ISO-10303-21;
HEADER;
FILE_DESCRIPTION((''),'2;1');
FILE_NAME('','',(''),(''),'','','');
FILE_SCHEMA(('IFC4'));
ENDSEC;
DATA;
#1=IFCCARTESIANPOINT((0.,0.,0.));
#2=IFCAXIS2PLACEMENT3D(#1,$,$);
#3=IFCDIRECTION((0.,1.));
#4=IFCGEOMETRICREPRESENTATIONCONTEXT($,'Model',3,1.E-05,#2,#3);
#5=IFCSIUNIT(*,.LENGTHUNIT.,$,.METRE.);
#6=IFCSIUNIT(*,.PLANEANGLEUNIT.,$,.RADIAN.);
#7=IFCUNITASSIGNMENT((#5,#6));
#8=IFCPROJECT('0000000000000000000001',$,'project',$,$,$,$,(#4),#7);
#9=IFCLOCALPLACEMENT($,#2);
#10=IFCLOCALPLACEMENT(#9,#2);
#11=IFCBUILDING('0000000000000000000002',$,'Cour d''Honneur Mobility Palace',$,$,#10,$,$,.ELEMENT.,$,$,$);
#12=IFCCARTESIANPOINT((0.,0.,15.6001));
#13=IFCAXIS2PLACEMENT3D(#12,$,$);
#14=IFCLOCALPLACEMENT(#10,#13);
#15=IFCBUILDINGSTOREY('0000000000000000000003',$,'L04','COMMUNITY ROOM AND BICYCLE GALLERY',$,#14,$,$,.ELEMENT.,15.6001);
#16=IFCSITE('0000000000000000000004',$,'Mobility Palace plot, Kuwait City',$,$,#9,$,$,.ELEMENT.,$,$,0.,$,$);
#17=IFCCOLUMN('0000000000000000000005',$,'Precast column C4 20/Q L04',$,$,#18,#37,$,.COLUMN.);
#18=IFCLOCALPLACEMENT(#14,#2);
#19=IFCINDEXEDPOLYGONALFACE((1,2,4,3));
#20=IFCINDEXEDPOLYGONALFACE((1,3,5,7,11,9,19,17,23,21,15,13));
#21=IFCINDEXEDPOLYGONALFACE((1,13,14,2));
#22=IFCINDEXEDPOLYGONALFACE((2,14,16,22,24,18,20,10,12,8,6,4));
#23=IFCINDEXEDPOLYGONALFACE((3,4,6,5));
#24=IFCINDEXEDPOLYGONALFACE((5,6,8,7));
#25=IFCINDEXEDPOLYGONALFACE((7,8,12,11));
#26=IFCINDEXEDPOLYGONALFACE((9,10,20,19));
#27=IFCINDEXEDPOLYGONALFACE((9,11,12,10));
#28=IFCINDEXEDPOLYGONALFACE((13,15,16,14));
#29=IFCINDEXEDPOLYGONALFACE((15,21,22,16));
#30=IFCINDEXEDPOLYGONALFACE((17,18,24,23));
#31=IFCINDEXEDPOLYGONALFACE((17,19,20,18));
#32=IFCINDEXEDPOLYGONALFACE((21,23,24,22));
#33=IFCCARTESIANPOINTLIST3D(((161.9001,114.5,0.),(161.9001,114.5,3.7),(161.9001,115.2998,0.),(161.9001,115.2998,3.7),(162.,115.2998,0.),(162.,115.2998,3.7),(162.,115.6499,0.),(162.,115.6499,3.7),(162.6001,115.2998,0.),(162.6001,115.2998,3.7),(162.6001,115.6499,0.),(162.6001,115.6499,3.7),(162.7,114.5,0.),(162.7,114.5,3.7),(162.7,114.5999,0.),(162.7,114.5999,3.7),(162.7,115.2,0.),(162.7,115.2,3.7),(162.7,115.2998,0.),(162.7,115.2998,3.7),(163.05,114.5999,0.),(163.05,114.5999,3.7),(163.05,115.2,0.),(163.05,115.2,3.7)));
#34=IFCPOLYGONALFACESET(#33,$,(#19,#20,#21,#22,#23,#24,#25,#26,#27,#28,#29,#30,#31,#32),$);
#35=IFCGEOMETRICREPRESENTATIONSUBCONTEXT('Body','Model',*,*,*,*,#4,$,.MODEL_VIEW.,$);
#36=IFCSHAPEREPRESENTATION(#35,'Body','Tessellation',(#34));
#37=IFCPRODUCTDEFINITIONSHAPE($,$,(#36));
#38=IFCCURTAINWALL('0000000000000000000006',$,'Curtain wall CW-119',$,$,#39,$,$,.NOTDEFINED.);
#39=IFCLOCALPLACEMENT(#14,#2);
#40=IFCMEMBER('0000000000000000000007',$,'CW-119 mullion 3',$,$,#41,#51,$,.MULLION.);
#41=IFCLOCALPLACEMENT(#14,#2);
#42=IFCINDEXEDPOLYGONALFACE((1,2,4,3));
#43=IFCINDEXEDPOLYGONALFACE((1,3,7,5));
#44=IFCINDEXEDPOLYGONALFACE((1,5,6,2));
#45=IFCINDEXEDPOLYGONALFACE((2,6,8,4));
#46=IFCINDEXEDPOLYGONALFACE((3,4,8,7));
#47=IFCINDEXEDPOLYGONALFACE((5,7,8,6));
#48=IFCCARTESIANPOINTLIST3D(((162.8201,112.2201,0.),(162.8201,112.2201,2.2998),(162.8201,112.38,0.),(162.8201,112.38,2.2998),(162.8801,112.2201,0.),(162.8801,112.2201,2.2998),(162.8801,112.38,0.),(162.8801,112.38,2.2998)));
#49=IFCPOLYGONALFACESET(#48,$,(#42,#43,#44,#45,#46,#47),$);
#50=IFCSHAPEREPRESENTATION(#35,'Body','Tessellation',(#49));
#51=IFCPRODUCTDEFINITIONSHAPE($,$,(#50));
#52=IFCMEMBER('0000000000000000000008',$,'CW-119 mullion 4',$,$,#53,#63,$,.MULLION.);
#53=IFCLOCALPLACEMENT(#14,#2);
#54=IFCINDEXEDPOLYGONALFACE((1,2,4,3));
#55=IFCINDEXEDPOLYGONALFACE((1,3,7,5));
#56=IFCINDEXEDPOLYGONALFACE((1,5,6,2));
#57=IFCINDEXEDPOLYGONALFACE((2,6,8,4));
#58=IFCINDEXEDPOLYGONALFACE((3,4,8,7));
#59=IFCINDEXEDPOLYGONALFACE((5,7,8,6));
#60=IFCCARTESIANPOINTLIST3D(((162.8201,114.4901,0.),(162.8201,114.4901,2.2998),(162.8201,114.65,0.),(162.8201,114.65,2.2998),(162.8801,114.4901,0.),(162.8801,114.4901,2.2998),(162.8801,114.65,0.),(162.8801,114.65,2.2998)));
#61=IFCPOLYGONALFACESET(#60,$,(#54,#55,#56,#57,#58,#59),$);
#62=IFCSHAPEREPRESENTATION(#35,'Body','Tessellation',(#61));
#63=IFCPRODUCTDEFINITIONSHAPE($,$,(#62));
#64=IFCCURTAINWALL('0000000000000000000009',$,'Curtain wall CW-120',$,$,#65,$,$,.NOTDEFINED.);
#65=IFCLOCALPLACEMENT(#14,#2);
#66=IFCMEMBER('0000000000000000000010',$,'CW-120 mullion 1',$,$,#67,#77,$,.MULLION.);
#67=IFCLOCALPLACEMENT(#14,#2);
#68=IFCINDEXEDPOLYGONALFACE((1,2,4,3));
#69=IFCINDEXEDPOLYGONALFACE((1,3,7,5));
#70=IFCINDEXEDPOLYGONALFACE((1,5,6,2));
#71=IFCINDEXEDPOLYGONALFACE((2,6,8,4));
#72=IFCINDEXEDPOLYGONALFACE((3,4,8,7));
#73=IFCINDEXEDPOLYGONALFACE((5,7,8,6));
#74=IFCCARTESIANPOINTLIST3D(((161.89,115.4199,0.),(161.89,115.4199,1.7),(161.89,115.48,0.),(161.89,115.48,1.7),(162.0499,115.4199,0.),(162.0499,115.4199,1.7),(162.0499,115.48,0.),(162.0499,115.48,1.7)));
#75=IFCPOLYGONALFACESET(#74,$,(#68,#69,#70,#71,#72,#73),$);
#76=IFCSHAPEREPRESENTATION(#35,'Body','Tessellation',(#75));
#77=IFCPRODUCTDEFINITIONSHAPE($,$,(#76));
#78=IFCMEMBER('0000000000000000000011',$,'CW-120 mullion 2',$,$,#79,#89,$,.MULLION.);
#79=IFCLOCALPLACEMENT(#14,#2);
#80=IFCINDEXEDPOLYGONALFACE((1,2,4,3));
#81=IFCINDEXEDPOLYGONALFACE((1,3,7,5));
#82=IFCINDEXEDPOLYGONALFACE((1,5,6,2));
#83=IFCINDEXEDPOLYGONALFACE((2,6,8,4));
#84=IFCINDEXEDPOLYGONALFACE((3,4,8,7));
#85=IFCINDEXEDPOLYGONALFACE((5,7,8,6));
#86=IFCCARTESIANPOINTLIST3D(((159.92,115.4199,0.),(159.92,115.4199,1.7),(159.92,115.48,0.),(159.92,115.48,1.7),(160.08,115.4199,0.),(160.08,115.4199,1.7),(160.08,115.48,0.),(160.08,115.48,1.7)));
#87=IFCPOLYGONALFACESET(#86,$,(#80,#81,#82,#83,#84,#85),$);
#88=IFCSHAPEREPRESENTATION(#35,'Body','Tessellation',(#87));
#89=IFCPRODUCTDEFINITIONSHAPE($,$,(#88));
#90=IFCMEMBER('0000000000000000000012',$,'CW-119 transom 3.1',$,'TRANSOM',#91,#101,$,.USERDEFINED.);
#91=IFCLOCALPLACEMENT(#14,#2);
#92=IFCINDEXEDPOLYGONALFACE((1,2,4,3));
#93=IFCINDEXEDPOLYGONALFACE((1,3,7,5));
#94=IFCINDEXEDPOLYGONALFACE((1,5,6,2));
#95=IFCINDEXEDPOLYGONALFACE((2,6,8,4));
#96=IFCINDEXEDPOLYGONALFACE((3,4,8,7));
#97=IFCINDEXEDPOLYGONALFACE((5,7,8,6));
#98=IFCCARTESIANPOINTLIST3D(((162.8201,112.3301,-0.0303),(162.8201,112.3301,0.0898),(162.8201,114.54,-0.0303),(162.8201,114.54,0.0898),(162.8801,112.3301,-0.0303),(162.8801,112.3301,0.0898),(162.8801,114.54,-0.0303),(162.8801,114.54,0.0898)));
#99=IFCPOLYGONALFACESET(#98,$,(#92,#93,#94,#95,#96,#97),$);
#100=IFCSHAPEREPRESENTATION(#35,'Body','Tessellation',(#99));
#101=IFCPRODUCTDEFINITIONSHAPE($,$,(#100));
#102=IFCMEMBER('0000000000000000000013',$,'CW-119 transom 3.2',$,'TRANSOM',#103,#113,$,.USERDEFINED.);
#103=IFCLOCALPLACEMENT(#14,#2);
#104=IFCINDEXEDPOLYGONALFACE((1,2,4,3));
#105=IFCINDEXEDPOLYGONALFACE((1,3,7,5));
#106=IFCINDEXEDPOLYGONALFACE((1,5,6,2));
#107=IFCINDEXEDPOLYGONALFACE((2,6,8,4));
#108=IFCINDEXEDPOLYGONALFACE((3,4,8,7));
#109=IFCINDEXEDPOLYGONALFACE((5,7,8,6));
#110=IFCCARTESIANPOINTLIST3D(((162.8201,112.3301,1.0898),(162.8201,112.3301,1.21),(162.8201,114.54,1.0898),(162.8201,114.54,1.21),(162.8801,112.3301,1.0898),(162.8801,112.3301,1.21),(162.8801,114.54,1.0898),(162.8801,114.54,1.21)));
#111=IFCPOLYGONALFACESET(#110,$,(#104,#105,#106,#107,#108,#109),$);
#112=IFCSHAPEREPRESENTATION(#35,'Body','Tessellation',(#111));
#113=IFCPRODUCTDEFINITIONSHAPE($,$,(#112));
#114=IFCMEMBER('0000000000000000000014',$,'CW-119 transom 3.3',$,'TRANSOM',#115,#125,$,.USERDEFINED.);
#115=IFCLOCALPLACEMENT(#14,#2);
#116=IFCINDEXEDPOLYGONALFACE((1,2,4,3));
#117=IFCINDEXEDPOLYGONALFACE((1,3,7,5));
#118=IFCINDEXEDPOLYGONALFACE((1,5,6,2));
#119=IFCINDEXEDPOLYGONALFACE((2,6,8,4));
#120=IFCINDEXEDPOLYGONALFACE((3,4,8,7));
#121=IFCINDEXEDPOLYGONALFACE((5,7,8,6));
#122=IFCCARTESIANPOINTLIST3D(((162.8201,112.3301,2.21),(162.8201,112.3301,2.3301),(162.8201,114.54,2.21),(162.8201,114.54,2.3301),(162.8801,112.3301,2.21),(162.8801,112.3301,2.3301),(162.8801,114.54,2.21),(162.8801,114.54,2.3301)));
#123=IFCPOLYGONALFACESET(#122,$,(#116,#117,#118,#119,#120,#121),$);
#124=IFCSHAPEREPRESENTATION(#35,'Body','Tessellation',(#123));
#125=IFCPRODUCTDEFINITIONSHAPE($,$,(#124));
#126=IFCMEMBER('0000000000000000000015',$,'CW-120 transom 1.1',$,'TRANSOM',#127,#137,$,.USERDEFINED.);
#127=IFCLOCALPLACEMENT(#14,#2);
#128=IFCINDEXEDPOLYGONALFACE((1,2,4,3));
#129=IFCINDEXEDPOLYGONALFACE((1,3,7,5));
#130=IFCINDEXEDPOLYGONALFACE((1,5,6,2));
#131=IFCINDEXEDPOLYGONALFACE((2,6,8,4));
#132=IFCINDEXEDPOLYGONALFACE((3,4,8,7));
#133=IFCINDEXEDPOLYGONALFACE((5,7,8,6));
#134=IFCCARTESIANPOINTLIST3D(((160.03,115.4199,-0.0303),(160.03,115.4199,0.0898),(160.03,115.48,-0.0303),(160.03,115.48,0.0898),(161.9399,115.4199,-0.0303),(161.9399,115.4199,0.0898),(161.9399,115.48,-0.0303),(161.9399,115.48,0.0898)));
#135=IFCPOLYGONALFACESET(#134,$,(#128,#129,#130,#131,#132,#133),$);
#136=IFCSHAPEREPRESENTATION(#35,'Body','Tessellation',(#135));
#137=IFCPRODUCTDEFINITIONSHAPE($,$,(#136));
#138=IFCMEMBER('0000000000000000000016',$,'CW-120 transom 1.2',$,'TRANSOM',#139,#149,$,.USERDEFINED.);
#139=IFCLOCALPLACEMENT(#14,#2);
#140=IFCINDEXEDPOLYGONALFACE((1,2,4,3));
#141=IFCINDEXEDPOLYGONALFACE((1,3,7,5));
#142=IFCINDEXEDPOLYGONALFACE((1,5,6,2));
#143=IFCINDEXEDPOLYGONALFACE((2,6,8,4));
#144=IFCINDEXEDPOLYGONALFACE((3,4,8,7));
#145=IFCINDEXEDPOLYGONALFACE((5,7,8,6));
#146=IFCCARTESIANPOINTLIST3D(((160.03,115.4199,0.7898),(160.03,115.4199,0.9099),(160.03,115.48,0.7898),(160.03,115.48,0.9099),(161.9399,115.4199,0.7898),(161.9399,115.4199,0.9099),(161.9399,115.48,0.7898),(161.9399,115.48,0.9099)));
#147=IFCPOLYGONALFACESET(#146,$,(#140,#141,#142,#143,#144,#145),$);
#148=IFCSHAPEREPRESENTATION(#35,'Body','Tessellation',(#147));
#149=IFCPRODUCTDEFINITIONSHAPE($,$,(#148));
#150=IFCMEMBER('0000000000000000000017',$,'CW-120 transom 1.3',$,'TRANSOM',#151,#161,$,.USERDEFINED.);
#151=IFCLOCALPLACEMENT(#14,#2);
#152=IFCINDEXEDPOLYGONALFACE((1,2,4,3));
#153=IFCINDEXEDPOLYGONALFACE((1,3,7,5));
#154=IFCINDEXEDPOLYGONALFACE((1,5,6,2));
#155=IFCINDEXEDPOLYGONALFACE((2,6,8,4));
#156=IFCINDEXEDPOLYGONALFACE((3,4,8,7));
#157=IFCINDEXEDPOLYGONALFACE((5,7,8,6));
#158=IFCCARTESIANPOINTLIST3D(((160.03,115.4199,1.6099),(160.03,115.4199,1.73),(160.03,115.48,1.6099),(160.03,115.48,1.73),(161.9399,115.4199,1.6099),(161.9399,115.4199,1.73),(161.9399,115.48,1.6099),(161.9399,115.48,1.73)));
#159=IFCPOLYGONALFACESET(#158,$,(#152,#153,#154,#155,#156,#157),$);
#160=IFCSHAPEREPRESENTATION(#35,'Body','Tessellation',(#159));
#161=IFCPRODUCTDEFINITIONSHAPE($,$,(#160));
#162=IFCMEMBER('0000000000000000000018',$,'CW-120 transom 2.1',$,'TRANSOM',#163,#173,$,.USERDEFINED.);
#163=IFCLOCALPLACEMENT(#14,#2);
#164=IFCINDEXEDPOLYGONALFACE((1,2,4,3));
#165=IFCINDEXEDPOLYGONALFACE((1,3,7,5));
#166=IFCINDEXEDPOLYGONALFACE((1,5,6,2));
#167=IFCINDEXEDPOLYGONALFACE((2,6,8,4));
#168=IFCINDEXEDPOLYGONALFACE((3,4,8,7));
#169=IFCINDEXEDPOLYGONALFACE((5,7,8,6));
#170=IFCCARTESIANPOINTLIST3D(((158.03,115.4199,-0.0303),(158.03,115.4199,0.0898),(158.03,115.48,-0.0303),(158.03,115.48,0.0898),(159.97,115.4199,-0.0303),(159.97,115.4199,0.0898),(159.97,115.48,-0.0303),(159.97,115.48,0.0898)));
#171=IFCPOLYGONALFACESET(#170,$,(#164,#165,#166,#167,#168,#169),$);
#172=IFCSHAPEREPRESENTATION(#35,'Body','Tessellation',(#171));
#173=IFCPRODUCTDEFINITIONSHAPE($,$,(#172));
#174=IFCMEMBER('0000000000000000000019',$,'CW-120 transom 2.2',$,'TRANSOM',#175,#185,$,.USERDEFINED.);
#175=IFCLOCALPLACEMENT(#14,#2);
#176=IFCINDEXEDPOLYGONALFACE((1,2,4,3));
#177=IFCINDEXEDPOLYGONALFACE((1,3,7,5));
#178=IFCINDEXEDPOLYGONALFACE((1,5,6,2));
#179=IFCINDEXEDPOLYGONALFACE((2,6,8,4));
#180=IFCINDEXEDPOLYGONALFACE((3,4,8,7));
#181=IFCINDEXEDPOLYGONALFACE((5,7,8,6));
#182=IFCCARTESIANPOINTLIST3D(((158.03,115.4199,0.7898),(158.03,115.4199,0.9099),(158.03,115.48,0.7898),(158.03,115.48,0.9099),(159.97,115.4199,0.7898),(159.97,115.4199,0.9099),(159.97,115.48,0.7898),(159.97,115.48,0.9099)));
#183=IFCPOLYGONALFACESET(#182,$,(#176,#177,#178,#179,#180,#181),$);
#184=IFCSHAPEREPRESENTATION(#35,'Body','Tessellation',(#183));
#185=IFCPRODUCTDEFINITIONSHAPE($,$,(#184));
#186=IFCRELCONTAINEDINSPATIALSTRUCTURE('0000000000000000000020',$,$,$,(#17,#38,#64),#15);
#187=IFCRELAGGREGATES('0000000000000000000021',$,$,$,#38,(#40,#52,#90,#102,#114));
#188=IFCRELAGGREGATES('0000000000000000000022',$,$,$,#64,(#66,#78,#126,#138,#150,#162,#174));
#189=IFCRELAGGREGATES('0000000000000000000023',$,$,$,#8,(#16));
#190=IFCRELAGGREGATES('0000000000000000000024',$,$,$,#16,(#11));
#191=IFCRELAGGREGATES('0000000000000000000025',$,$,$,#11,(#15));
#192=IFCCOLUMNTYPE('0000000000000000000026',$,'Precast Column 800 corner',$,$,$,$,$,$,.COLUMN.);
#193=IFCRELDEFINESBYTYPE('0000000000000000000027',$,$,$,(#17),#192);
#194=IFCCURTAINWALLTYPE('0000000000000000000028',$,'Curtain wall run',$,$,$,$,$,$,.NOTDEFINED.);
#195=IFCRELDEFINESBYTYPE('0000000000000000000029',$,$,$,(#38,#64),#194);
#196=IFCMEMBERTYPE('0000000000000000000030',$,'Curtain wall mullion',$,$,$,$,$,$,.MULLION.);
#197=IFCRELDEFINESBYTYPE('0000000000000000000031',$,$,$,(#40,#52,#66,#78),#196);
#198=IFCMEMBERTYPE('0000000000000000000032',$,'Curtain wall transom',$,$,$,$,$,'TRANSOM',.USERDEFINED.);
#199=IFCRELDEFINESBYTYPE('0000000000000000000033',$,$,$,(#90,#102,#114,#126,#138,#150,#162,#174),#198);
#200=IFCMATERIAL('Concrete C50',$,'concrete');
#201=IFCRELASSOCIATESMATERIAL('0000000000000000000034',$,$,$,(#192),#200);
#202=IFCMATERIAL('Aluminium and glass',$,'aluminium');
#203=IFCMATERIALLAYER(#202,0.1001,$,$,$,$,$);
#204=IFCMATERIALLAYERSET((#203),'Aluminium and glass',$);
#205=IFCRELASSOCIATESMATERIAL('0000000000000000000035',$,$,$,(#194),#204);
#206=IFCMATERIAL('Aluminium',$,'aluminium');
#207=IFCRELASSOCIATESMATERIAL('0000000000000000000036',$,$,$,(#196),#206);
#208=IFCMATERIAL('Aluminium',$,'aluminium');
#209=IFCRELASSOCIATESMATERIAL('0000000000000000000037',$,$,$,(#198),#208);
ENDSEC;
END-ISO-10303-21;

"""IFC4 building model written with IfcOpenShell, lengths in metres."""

from ifc_helpers import new_model, si_unit, direction, frame, origin, origin_2d, place, context, subcontext, project, spatial, polyline, rectangle, outline, extrude, material, layer, layer_set, material_profile, profile_set, type_object, element, aggregate, save


model = new_model("IFC4")

# Units and contexts
model_context = context("Model", 3, precision=1e-05, world=origin(), true_north=direction((0.0, 1.0)))
body_context = subcontext(model_context, "Body", "Model", "MODEL_VIEW")
ifc_project = project(units=[si_unit("LENGTHUNIT", "METRE"), si_unit("PLANEANGLEUNIT", "RADIAN")], contexts=[model_context])

# Site, building, storey
site_placement = place(None, origin())
site = spatial("IfcSite", under=ifc_project, at=site_placement, Name="Mobility Palace plot, Kuwait City", CompositionType="ELEMENT", RefElevation=0.0)
building_placement = place(site_placement, origin())
building = spatial("IfcBuilding", under=site, at=building_placement, Name="Cour d'Honneur Mobility Palace", CompositionType="ELEMENT")
storey_placement = place(building_placement, frame((0.0, 0.0, 15.6001)))
storey = spatial("IfcBuildingStorey", under=building, at=storey_placement, Name="L04", Description="COMMUNITY ROOM AND BICYCLE GALLERY", CompositionType="ELEMENT", Elevation=15.6001)

# Column
ifc_material_1 = material(Name="Concrete C50", Category="concrete")
ifc_material_profile_1 = material_profile(ifc_material_1, outline(polyline([(-0.3999, -0.3999), (0.3999, -0.3999), (0.3999, -0.3), (0.75, -0.3), (0.75, 0.3), (0.3999, 0.3), (0.3999, 0.3999), (0.3, 0.3999), (0.3, 0.75), (-0.3, 0.75), (-0.3, 0.3999), (-0.3999, 0.3999), (-0.3999, -0.3999)])), Name="PC C800 corner")
ifc_profile_set_1 = profile_set([ifc_material_profile_1], Name="Concrete C50")
column_type = type_object("IfcColumnType", Name="Precast Column 800 corner", PredefinedType="COLUMN", material=ifc_profile_set_1)
column_placement = place(storey_placement, frame((162.3, 114.8999, 0.0), z_axis=(0.0, 0.0, 1.0), x_axis=(1.0, 0.0, 0.0)))
element("IfcColumn", 1, at=column_placement, inside=storey, type_object=column_type, Name="Precast column C4 20/Q L04", PredefinedType="COLUMN", context=body_context, shape_type="SweptSolid", body=[
    extrude(outline(polyline([(-0.3999, -0.3999), (0.3999, -0.3999), (0.3999, -0.3), (0.75, -0.3), (0.75, 0.3), (0.3999, 0.3), (0.3999, 0.3999), (0.3, 0.3999), (0.3, 0.75), (-0.3, 0.75), (-0.3, 0.3999), (-0.3999, 0.3999), (-0.3999, -0.3999)])), origin(), (0.0, 0.0, 1.0), 3.7),
])

# Curtain walls, members
ifc_material_2 = material(Name="Aluminium and glass", Category="aluminium")
ifc_layer_1 = layer(ifc_material_2, 0.1001)
ifc_layer_set_1 = layer_set([ifc_layer_1], Name="Aluminium and glass")
curtain_wall_type = type_object("IfcCurtainWallType", Name="Curtain wall run", PredefinedType="NOTDEFINED", material=ifc_layer_set_1)
curtain_wall_1_placement = place(storey_placement, origin())
curtain_wall_1 = element("IfcCurtainWall", 2, at=curtain_wall_1_placement, inside=storey, type_object=curtain_wall_type, Name="Curtain wall CW-119", PredefinedType="NOTDEFINED")
ifc_material_3 = material(Name="Aluminium", Category="aluminium")
ifc_material_profile_2 = material_profile(ifc_material_3, rectangle(XDim=0.0601, YDim=0.1599, at=origin_2d()), Name="Curtain wall mullion")
ifc_profile_set_2 = profile_set([ifc_material_profile_2], Name="Aluminium")
member_type_1 = type_object("IfcMemberType", Name="Curtain wall mullion", PredefinedType="MULLION", material=ifc_profile_set_2)
member_1_placement = place(storey_placement, frame((162.8501, 112.3, 0.0), z_axis=(0.0, 0.0, 1.0), x_axis=(-1.0, 0.0, 0.0)))
member_1 = element("IfcMember", 3, at=member_1_placement, type_object=member_type_1, Name="CW-119 mullion 3", PredefinedType="MULLION", context=body_context, shape_type="SweptSolid", body=[
    extrude(rectangle(XDim=0.0601, YDim=0.1599, at=origin_2d()), origin(), (0.0, 0.0, 1.0), 2.2998),
])
member_2_placement = place(storey_placement, frame((162.8501, 114.5701, 0.0), z_axis=(0.0, 0.0, 1.0), x_axis=(-1.0, 0.0, 0.0)))
member_2 = element("IfcMember", 4, at=member_2_placement, type_object=member_type_1, Name="CW-119 mullion 4", PredefinedType="MULLION", context=body_context, shape_type="SweptSolid", body=[
    extrude(rectangle(XDim=0.0601, YDim=0.1599, at=origin_2d()), origin(), (0.0, 0.0, 1.0), 2.2998),
])
curtain_wall_2_placement = place(storey_placement, origin())
curtain_wall_2 = element("IfcCurtainWall", 5, at=curtain_wall_2_placement, inside=storey, type_object=curtain_wall_type, Name="Curtain wall CW-120", PredefinedType="NOTDEFINED")
member_3_placement = place(storey_placement, frame((161.97, 115.45, 0.0), z_axis=(0.0, 0.0, 1.0), x_axis=(0.0, -1.0, 0.0)))
member_3 = element("IfcMember", 6, at=member_3_placement, type_object=member_type_1, Name="CW-120 mullion 1", PredefinedType="MULLION", context=body_context, shape_type="SweptSolid", body=[
    extrude(rectangle(XDim=0.0601, YDim=0.1599, at=origin_2d()), origin(), (0.0, 0.0, 1.0), 1.7),
])
member_4_placement = place(storey_placement, frame((160.0, 115.45, 0.0), z_axis=(0.0, 0.0, 1.0), x_axis=(0.0, -1.0, 0.0)))
member_4 = element("IfcMember", 7, at=member_4_placement, type_object=member_type_1, Name="CW-120 mullion 2", PredefinedType="MULLION", context=body_context, shape_type="SweptSolid", body=[
    extrude(rectangle(XDim=0.0601, YDim=0.1599, at=origin_2d()), origin(), (0.0, 0.0, 1.0), 1.7),
])

# Members
ifc_material_4 = material(Name="Aluminium", Category="aluminium")
ifc_material_profile_3 = material_profile(ifc_material_4, rectangle(XDim=0.0601, YDim=0.1201, at=origin_2d()), Name="Curtain wall transom")
ifc_profile_set_3 = profile_set([ifc_material_profile_3], Name="Aluminium")
member_type_2 = type_object("IfcMemberType", Name="Curtain wall transom", ElementType="TRANSOM", PredefinedType="USERDEFINED", material=ifc_profile_set_3)
member_5_placement = place(storey_placement, frame((162.8501, 112.3301, 0.0298), z_axis=(0.0, 1.0, 0.0), x_axis=(-1.0, 0.0, 0.0)))
member_5 = element("IfcMember", 8, at=member_5_placement, type_object=member_type_2, Name="CW-119 transom 3.1", ObjectType="TRANSOM", PredefinedType="USERDEFINED", context=body_context, shape_type="SweptSolid", body=[
    extrude(rectangle(XDim=0.0601, YDim=0.1201, at=origin_2d()), origin(), (0.0, 0.0, 1.0), 2.21),
])
member_6_placement = place(storey_placement, frame((162.8501, 112.3301, 1.1499), z_axis=(0.0, 1.0, 0.0), x_axis=(-1.0, 0.0, 0.0)))
member_6 = element("IfcMember", 9, at=member_6_placement, type_object=member_type_2, Name="CW-119 transom 3.2", ObjectType="TRANSOM", PredefinedType="USERDEFINED", context=body_context, shape_type="SweptSolid", body=[
    extrude(rectangle(XDim=0.0601, YDim=0.1201, at=origin_2d()), origin(), (0.0, 0.0, 1.0), 2.21),
])
member_7_placement = place(storey_placement, frame((162.8501, 112.3301, 2.27), z_axis=(0.0, 1.0, 0.0), x_axis=(-1.0, 0.0, 0.0)))
member_7 = element("IfcMember", 10, at=member_7_placement, type_object=member_type_2, Name="CW-119 transom 3.3", ObjectType="TRANSOM", PredefinedType="USERDEFINED", context=body_context, shape_type="SweptSolid", body=[
    extrude(rectangle(XDim=0.0601, YDim=0.1201, at=origin_2d()), origin(), (0.0, 0.0, 1.0), 2.21),
])
member_8_placement = place(storey_placement, frame((161.9399, 115.45, 0.0298), z_axis=(-1.0, 0.0, 0.0), x_axis=(0.0, -1.0, 0.0)))
member_8 = element("IfcMember", 11, at=member_8_placement, type_object=member_type_2, Name="CW-120 transom 1.1", ObjectType="TRANSOM", PredefinedType="USERDEFINED", context=body_context, shape_type="SweptSolid", body=[
    extrude(rectangle(XDim=0.0601, YDim=0.1201, at=origin_2d()), origin(), (0.0, 0.0, 1.0), 1.9099),
])
member_9_placement = place(storey_placement, frame((161.9399, 115.45, 0.8499), z_axis=(-1.0, 0.0, 0.0), x_axis=(0.0, -1.0, 0.0)))
member_9 = element("IfcMember", 12, at=member_9_placement, type_object=member_type_2, Name="CW-120 transom 1.2", ObjectType="TRANSOM", PredefinedType="USERDEFINED", context=body_context, shape_type="SweptSolid", body=[
    extrude(rectangle(XDim=0.0601, YDim=0.1201, at=origin_2d()), origin(), (0.0, 0.0, 1.0), 1.9099),
])
member_10_placement = place(storey_placement, frame((161.9399, 115.45, 1.6699), z_axis=(-1.0, 0.0, 0.0), x_axis=(0.0, -1.0, 0.0)))
member_10 = element("IfcMember", 13, at=member_10_placement, type_object=member_type_2, Name="CW-120 transom 1.3", ObjectType="TRANSOM", PredefinedType="USERDEFINED", context=body_context, shape_type="SweptSolid", body=[
    extrude(rectangle(XDim=0.0601, YDim=0.1201, at=origin_2d()), origin(), (0.0, 0.0, 1.0), 1.9099),
])
member_11_placement = place(storey_placement, frame((159.97, 115.45, 0.0298), z_axis=(-1.0, 0.0, 0.0), x_axis=(0.0, -1.0, 0.0)))
member_11 = element("IfcMember", 14, at=member_11_placement, type_object=member_type_2, Name="CW-120 transom 2.1", ObjectType="TRANSOM", PredefinedType="USERDEFINED", context=body_context, shape_type="SweptSolid", body=[
    extrude(rectangle(XDim=0.0601, YDim=0.1201, at=origin_2d()), origin(), (0.0, 0.0, 1.0), 1.9399),
])
member_12_placement = place(storey_placement, frame((159.97, 115.45, 0.8499), z_axis=(-1.0, 0.0, 0.0), x_axis=(0.0, -1.0, 0.0)))
member_12 = element("IfcMember", 15, at=member_12_placement, type_object=member_type_2, Name="CW-120 transom 2.2", ObjectType="TRANSOM", PredefinedType="USERDEFINED", context=body_context, shape_type="SweptSolid", body=[
    extrude(rectangle(XDim=0.0601, YDim=0.1201, at=origin_2d()), origin(), (0.0, 0.0, 1.0), 1.9399),
])

aggregate(curtain_wall_1, [member_1, member_2, member_5, member_6, member_7])
aggregate(curtain_wall_2, [member_3, member_4, member_8, member_9, member_10, member_11, member_12])

save(model, "model.ifc")
